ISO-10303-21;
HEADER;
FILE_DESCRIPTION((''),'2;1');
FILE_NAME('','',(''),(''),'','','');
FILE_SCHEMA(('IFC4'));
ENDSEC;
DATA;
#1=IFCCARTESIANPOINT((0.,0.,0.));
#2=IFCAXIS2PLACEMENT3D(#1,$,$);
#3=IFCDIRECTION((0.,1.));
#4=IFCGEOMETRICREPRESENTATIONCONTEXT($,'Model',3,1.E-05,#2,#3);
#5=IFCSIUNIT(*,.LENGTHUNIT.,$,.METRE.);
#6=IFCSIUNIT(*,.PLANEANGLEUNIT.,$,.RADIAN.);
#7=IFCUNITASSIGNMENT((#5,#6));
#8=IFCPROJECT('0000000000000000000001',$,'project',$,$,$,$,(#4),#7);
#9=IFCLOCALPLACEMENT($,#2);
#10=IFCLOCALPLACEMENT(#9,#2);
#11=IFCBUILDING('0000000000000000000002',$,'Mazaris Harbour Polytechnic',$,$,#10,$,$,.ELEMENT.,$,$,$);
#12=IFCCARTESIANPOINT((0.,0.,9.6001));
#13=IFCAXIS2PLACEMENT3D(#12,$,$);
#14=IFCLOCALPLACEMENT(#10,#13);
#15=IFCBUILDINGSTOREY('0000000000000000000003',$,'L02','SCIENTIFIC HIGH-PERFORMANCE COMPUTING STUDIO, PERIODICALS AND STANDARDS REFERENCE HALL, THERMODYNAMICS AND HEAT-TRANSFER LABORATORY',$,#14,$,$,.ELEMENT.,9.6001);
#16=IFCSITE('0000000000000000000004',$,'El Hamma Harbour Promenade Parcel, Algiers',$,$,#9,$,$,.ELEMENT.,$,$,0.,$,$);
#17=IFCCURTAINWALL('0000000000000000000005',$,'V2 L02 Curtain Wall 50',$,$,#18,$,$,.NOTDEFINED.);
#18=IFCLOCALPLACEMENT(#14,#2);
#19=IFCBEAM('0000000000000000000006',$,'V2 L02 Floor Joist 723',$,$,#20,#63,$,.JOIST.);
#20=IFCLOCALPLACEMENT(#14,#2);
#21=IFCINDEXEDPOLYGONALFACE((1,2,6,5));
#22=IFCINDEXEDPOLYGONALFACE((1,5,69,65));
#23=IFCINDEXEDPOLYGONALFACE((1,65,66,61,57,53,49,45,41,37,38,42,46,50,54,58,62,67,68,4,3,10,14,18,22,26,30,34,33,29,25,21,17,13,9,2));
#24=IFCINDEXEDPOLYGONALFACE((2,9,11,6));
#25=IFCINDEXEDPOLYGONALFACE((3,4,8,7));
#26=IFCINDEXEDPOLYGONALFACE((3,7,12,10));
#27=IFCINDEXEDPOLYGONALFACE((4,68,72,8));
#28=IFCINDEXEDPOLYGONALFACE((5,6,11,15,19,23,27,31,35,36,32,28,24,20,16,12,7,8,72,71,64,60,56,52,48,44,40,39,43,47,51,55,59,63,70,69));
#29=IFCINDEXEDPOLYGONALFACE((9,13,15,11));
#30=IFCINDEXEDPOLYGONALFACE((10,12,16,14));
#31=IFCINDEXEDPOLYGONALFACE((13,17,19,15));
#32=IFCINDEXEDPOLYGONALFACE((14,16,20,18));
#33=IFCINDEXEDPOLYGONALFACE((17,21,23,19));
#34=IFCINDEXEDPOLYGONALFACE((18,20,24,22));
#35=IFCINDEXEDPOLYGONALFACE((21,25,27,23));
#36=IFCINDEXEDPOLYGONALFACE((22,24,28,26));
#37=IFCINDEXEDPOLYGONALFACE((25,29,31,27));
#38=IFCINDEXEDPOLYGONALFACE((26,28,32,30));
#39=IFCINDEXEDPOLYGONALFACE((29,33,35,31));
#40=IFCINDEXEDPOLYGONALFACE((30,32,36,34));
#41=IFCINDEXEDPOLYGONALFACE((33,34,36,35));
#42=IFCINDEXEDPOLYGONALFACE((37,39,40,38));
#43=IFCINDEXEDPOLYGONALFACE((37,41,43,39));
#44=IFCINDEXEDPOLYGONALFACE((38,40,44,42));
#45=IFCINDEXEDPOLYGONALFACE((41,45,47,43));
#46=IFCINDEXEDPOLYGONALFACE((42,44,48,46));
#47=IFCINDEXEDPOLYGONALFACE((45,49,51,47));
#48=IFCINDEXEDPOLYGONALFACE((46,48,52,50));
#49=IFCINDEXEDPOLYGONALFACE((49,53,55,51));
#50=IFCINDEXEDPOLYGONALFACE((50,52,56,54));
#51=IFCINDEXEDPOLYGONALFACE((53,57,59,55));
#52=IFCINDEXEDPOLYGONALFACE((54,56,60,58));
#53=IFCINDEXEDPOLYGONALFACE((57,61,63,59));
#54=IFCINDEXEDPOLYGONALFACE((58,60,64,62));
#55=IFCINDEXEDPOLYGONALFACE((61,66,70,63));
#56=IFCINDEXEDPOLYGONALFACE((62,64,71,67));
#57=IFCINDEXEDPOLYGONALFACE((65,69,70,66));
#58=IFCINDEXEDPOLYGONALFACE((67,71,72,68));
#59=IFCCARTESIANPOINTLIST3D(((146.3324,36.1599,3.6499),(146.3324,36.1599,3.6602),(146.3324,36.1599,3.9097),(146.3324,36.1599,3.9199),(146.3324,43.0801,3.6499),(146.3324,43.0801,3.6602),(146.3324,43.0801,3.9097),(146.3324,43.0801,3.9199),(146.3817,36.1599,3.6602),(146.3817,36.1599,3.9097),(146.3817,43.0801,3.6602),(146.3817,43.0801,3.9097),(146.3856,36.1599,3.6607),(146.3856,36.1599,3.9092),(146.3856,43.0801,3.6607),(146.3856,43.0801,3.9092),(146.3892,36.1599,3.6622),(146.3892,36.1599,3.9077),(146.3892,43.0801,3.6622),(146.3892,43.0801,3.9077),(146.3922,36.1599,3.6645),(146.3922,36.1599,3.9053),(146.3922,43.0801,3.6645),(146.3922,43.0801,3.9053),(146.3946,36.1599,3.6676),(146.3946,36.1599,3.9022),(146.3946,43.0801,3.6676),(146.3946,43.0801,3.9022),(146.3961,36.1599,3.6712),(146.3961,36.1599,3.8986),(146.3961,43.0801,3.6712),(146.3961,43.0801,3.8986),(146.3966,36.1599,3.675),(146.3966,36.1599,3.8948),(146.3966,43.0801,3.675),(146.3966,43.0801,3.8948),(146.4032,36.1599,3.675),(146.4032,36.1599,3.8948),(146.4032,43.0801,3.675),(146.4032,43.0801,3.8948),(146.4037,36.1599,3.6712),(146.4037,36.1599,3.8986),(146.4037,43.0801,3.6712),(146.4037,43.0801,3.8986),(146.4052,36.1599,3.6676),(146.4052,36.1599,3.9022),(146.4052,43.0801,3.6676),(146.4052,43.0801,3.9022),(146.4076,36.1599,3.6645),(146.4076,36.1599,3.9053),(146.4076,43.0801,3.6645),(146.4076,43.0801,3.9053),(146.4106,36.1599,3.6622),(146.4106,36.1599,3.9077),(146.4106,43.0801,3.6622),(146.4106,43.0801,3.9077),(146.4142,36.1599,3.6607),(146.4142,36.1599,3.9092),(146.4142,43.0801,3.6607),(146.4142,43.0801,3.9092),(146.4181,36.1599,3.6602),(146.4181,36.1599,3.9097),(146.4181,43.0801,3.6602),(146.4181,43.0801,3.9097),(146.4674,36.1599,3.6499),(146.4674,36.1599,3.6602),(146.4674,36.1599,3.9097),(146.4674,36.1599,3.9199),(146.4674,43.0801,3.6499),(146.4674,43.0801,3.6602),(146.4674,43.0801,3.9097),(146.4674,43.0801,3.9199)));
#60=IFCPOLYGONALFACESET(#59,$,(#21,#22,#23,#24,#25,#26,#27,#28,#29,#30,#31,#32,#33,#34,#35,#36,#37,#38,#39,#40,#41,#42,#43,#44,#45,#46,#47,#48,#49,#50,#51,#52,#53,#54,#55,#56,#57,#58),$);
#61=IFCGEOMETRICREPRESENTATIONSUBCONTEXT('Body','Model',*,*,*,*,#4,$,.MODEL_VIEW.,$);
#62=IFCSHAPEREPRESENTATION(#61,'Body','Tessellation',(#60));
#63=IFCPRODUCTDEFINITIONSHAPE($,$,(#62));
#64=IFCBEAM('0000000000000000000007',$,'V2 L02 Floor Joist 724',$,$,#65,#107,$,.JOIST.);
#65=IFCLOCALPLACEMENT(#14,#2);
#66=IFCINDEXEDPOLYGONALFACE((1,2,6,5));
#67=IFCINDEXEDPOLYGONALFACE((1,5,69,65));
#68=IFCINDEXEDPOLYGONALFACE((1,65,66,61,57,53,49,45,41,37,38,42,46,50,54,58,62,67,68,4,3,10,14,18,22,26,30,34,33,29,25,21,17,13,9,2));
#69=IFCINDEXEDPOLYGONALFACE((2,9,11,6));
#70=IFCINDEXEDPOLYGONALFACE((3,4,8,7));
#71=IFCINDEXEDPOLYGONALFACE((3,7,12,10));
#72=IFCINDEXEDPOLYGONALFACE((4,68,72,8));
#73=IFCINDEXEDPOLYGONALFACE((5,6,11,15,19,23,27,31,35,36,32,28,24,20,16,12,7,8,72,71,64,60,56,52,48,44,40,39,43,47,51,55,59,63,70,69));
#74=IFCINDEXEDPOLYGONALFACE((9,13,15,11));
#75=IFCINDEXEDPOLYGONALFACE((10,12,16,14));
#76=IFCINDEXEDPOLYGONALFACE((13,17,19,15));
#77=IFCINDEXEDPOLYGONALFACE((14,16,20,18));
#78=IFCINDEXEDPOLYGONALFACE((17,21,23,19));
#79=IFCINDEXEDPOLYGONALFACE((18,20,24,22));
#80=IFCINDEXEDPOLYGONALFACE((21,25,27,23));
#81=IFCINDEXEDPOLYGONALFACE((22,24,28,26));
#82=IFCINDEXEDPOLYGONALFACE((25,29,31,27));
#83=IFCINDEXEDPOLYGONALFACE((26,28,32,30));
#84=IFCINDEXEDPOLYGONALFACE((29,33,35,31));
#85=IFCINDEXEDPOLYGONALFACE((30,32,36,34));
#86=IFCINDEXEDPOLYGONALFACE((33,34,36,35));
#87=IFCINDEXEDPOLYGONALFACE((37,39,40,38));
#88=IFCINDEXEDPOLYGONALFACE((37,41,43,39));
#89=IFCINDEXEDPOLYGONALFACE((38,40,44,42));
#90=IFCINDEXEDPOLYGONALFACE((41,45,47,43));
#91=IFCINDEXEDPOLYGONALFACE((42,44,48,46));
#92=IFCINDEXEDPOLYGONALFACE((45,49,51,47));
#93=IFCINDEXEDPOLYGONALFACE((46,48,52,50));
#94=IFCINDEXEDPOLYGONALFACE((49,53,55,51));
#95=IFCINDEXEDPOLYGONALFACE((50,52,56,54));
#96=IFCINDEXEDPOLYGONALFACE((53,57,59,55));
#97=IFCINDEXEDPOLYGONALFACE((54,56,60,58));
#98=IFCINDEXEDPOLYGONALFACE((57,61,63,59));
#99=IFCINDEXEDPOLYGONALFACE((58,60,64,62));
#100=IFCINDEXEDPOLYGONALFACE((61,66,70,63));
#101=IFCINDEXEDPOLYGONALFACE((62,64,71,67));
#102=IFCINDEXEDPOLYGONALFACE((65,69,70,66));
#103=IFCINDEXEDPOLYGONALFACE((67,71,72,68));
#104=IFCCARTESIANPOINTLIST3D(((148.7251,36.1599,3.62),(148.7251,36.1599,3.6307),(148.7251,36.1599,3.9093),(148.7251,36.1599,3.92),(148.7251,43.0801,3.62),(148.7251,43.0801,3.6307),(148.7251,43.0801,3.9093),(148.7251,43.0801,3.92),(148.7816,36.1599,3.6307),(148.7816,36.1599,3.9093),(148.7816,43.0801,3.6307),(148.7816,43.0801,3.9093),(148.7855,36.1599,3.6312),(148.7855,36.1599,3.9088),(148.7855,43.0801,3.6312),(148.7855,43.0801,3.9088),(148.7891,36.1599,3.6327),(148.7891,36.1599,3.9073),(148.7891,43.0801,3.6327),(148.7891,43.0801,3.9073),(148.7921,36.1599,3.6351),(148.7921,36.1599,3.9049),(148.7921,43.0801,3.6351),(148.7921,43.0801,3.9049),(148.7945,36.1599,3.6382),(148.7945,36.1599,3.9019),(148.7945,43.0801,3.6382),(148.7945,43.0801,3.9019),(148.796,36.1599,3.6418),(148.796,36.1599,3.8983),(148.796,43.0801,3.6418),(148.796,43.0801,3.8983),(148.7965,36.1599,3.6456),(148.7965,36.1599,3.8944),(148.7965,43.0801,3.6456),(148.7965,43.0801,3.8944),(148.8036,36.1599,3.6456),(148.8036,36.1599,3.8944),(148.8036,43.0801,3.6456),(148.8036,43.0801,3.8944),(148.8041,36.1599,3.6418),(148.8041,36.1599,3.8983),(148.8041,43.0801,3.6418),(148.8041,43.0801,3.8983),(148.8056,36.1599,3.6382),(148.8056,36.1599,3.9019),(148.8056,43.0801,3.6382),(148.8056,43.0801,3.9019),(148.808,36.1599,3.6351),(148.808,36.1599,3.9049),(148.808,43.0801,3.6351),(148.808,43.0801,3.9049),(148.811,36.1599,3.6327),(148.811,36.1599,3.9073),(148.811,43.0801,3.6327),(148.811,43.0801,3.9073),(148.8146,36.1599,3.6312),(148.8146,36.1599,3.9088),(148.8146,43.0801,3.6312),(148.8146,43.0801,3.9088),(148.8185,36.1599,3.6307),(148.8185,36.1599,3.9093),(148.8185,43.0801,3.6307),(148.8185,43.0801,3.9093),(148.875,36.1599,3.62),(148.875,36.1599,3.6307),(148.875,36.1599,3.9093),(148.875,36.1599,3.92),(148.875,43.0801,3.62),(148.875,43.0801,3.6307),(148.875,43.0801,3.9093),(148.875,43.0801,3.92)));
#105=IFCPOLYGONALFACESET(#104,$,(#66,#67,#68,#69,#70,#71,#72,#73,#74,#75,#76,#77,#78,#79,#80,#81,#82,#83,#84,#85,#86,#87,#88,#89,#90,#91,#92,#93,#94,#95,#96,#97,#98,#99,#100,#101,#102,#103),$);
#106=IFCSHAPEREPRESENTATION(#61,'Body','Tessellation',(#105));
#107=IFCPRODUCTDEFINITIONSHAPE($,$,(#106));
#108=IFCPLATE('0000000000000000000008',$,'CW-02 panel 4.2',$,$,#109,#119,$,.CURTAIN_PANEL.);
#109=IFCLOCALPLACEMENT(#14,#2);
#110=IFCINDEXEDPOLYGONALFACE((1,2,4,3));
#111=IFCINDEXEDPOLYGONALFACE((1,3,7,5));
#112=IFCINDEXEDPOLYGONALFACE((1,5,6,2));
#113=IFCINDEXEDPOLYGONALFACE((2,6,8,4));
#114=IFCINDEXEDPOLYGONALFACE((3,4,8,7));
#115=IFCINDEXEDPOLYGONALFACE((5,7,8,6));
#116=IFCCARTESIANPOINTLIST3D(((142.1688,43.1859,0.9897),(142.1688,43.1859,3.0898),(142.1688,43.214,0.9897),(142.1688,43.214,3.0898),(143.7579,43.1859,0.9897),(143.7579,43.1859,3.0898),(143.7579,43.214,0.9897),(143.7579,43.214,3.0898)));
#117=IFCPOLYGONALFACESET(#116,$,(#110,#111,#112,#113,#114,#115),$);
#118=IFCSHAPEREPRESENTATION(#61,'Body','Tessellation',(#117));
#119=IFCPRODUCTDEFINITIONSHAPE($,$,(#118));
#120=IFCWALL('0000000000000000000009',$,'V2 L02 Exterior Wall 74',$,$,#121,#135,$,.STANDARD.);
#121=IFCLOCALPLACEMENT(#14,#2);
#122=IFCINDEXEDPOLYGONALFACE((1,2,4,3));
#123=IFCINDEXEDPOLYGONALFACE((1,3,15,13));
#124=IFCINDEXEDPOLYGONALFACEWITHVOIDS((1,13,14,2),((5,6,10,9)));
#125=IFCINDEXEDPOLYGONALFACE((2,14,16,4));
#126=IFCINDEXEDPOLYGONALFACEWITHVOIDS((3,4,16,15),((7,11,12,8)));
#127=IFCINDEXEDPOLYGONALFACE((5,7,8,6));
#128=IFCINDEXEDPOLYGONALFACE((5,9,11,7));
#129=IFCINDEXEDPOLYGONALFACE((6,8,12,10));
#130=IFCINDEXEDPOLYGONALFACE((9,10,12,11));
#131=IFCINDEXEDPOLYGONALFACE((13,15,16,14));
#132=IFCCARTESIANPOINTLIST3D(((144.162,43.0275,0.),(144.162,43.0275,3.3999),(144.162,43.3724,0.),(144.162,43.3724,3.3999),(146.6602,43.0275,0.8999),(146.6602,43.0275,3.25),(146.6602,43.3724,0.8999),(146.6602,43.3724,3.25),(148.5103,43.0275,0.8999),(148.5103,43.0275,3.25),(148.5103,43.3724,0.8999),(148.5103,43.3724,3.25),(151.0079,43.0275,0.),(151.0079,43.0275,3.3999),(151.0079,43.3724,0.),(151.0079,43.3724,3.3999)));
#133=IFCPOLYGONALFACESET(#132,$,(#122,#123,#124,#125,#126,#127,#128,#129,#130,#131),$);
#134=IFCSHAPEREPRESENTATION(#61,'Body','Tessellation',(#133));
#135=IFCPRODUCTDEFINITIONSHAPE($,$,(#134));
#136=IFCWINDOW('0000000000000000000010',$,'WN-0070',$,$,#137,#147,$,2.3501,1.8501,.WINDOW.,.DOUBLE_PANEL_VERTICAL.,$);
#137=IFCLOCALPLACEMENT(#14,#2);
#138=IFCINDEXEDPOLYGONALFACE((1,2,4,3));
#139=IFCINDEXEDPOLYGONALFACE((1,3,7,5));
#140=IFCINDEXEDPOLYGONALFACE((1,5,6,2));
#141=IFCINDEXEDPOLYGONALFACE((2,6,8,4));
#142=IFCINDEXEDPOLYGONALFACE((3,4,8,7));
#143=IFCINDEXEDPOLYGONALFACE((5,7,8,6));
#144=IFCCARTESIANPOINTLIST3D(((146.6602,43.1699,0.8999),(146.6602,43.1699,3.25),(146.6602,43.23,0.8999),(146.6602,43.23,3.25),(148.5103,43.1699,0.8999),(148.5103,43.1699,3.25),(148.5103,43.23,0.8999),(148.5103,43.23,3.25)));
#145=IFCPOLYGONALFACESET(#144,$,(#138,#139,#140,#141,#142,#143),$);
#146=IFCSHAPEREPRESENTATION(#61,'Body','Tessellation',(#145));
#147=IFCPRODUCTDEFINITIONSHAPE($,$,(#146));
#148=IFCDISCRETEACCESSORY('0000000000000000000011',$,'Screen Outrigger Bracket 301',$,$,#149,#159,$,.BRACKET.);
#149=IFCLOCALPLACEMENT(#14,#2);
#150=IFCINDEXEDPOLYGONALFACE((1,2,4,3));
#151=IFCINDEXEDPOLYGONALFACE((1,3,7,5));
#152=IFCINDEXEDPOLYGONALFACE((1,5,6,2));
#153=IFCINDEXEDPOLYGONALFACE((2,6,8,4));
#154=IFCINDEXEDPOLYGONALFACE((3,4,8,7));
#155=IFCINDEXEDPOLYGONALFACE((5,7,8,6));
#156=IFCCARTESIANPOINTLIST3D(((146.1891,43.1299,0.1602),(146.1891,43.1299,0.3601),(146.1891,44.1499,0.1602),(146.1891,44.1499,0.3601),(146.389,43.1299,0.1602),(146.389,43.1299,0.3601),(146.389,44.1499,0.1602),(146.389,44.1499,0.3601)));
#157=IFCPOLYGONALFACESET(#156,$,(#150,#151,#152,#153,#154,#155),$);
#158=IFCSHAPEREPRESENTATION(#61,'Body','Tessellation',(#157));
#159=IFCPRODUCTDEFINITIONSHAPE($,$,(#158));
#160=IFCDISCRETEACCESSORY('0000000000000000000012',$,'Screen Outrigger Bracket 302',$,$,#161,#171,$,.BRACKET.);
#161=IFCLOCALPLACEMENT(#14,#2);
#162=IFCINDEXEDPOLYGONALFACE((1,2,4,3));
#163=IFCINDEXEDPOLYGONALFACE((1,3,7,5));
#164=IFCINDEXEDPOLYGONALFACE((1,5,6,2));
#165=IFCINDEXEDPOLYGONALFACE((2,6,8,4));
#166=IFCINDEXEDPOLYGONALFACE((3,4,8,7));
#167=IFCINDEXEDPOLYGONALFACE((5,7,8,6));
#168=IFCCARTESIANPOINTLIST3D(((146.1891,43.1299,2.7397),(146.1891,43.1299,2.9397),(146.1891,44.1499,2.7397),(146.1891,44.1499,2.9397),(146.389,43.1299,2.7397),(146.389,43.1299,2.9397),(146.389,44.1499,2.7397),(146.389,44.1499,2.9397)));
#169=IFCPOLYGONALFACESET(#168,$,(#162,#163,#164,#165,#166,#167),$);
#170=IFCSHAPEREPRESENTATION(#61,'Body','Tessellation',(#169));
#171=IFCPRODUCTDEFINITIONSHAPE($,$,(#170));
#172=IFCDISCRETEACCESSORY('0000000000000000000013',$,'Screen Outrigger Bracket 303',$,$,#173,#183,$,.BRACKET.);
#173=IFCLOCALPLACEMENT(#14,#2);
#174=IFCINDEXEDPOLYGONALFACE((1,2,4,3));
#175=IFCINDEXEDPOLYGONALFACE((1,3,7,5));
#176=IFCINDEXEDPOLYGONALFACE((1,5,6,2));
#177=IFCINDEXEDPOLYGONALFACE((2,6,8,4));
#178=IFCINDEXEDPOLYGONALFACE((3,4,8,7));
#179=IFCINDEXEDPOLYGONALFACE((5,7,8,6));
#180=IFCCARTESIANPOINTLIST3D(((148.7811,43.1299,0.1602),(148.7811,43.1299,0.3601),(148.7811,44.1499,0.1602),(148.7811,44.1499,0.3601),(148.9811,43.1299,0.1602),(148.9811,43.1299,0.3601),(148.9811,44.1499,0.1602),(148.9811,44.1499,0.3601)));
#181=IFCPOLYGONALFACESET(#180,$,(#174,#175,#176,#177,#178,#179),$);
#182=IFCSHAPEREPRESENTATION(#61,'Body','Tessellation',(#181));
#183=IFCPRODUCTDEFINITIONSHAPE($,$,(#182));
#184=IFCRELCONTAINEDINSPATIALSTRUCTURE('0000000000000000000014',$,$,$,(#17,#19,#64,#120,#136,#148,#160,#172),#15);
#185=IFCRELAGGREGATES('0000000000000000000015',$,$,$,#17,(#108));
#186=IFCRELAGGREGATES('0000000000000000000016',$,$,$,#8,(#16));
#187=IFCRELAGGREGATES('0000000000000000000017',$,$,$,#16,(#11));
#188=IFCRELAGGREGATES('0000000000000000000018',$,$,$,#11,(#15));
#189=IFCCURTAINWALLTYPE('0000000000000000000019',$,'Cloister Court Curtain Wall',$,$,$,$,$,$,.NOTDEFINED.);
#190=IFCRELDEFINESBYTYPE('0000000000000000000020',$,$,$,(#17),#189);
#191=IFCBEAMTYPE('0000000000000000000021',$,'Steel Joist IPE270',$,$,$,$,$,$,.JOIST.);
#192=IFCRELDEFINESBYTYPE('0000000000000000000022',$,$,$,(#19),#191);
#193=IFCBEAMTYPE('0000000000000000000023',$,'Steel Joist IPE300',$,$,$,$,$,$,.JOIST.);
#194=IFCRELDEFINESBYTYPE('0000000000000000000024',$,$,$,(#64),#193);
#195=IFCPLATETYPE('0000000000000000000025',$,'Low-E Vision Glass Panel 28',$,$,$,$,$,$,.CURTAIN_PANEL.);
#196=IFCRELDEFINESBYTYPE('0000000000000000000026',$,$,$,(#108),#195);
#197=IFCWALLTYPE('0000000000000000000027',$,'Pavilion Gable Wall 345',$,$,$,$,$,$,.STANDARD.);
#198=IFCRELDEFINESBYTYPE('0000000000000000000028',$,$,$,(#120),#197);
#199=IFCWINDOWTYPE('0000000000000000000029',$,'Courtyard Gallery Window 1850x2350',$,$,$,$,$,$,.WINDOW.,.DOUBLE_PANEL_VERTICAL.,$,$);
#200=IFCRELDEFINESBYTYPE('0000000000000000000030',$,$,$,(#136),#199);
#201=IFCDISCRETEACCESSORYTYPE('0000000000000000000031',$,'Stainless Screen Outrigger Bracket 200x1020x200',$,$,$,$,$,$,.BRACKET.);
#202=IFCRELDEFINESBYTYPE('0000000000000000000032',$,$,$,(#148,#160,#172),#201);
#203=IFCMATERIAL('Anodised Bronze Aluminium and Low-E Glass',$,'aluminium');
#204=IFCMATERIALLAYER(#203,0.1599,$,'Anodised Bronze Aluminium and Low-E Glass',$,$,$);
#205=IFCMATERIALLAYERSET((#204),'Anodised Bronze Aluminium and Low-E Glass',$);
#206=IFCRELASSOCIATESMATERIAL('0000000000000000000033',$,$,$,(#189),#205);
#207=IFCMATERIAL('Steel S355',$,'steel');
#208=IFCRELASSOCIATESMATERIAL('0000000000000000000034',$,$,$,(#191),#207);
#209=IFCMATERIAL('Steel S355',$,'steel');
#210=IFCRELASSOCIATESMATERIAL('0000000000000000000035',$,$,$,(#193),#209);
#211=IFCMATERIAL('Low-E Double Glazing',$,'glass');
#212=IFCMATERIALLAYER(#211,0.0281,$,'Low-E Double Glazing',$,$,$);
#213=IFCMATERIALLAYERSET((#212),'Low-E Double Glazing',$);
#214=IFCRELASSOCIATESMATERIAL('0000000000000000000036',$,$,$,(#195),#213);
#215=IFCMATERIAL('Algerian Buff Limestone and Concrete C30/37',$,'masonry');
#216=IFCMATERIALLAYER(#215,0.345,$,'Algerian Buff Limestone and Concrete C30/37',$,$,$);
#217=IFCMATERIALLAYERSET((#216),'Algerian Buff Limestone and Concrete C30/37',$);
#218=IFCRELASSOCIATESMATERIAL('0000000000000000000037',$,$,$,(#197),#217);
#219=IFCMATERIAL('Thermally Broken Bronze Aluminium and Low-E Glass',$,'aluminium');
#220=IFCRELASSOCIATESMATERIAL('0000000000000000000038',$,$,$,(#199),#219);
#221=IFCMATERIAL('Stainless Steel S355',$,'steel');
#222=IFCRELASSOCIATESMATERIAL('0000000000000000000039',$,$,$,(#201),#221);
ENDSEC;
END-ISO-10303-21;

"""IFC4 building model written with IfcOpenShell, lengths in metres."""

from ifc_helpers import new_model, si_unit, direction, frame, frame_2d, origin, origin_2d, place, context, subcontext, project, spatial, rectangle, i_section, extrude, material, layer, layer_set, material_profile, profile_set, type_object, element, fill, aggregate, save


model = new_model("IFC4")

# Units and contexts
model_context = context("Model", 3, precision=1e-05, world=origin(), true_north=direction((0.0, 1.0)))
body_context = subcontext(model_context, "Body", "Model", "MODEL_VIEW")
ifc_project = project(units=[si_unit("LENGTHUNIT", "METRE"), si_unit("PLANEANGLEUNIT", "RADIAN")], contexts=[model_context])

# Site, building, storey
site_placement = place(None, origin())
site = spatial("IfcSite", under=ifc_project, at=site_placement, Name="El Hamma Harbour Promenade Parcel, Algiers", CompositionType="ELEMENT", RefElevation=0.0)
building_placement = place(site_placement, origin())
building = spatial("IfcBuilding", under=site, at=building_placement, Name="Mazaris Harbour Polytechnic", CompositionType="ELEMENT")
storey_placement = place(building_placement, frame((0.0, 0.0, 9.6001)))
storey = spatial("IfcBuildingStorey", under=building, at=storey_placement, Name="L02", Description="SCIENTIFIC HIGH-PERFORMANCE COMPUTING STUDIO, PERIODICALS AND STANDARDS REFERENCE HALL, THERMODYNAMICS AND HEAT-TRANSFER LABORATORY", CompositionType="ELEMENT", Elevation=9.6001)

# Curtain wall
ifc_material_1 = material(Name="Anodised Bronze Aluminium and Low-E Glass", Category="aluminium")
ifc_layer_1 = layer(ifc_material_1, 0.1599, Name="Anodised Bronze Aluminium and Low-E Glass")
ifc_layer_set_1 = layer_set([ifc_layer_1], Name="Anodised Bronze Aluminium and Low-E Glass")
curtain_wall_type = type_object("IfcCurtainWallType", Name="Cloister Court Curtain Wall", PredefinedType="NOTDEFINED", material=ifc_layer_set_1)
curtain_wall_1_placement = place(storey_placement, origin())
curtain_wall_1 = element("IfcCurtainWall", 1, at=curtain_wall_1_placement, inside=storey, type_object=curtain_wall_type, Name="V2 L02 Curtain Wall 50", PredefinedType="NOTDEFINED")

# Beams
ifc_material_2 = material(Name="Steel S355", Category="steel")
ifc_material_profile_1 = material_profile(ifc_material_2, i_section(OverallWidth=0.135, OverallDepth=0.27, WebThickness=0.0066, FlangeThickness=0.0103, FilletRadius=0.0149, at=origin_2d()), Name="IPE 270")
ifc_profile_set_1 = profile_set([ifc_material_profile_1], Name="Steel S355")
beam_type_1 = type_object("IfcBeamType", Name="Steel Joist IPE270", PredefinedType="JOIST", material=ifc_profile_set_1)
beam_1_placement = place(storey_placement, frame((146.3999, 36.1599, 3.7849), z_axis=(0.0, 1.0, 0.0), x_axis=(-1.0, 0.0, 0.0)))
element("IfcBeam", 2, at=beam_1_placement, inside=storey, type_object=beam_type_1, Name="V2 L02 Floor Joist 723", PredefinedType="JOIST", context=body_context, shape_type="SweptSolid", body=[
    extrude(i_section(OverallWidth=0.135, OverallDepth=0.27, WebThickness=0.0066, FlangeThickness=0.0103, FilletRadius=0.0149, at=origin_2d()), origin(), (0.0, 0.0, 1.0), 6.9202),
])
ifc_material_3 = material(Name="Steel S355", Category="steel")
ifc_material_profile_2 = material_profile(ifc_material_3, i_section(OverallWidth=0.1499, OverallDepth=0.3, WebThickness=0.0071, FlangeThickness=0.0107, FilletRadius=0.0149, at=origin_2d()), Name="IPE 300")
ifc_profile_set_2 = profile_set([ifc_material_profile_2], Name="Steel S355")
beam_type_2 = type_object("IfcBeamType", Name="Steel Joist IPE300", PredefinedType="JOIST", material=ifc_profile_set_2)
beam_2_placement = place(storey_placement, frame((148.8, 36.1599, 3.77), z_axis=(0.0, 1.0, 0.0), x_axis=(-1.0, 0.0, 0.0)))
element("IfcBeam", 3, at=beam_2_placement, inside=storey, type_object=beam_type_2, Name="V2 L02 Floor Joist 724", PredefinedType="JOIST", context=body_context, shape_type="SweptSolid", body=[
    extrude(i_section(OverallWidth=0.1499, OverallDepth=0.3, WebThickness=0.0071, FlangeThickness=0.0107, FilletRadius=0.0149, at=origin_2d()), origin(), (0.0, 0.0, 1.0), 6.9202),
])

# Plate
ifc_material_4 = material(Name="Low-E Double Glazing", Category="glass")
ifc_layer_2 = layer(ifc_material_4, 0.0281, Name="Low-E Double Glazing")
ifc_layer_set_2 = layer_set([ifc_layer_2], Name="Low-E Double Glazing")
plate_type = type_object("IfcPlateType", Name="Low-E Vision Glass Panel 28", PredefinedType="CURTAIN_PANEL", material=ifc_layer_set_2)
plate_placement = place(storey_placement, frame((142.9634, 43.2, 0.9897), z_axis=(0.0, 0.0, 1.0), x_axis=(1.0, 0.0, 0.0)))
plate = element("IfcPlate", 4, at=plate_placement, type_object=plate_type, Name="CW-02 panel 4.2", PredefinedType="CURTAIN_PANEL", context=body_context, shape_type="SweptSolid", body=[
    extrude(rectangle(XDim=1.5891, YDim=0.0281, at=origin_2d()), origin(), (0.0, 0.0, 1.0), 2.1001),
])
aggregate(curtain_wall_1, [plate])

# Wall, opening, window
ifc_material_5 = material(Name="Algerian Buff Limestone and Concrete C30/37", Category="masonry")
ifc_layer_3 = layer(ifc_material_5, 0.345, Name="Algerian Buff Limestone and Concrete C30/37")
ifc_layer_set_3 = layer_set([ifc_layer_3], Name="Algerian Buff Limestone and Concrete C30/37")
wall_type = type_object("IfcWallType", Name="Pavilion Gable Wall 345", PredefinedType="STANDARD", material=ifc_layer_set_3)
wall_placement = place(storey_placement, frame((144.1621, 43.2, 0.0), z_axis=(0.0, 0.0, 1.0), x_axis=(1.0, 0.0, 0.0)))
wall = element("IfcWall", 5, at=wall_placement, inside=storey, type_object=wall_type, Name="V2 L02 Exterior Wall 74", PredefinedType="STANDARD", context=body_context, shape_type="SweptSolid", body=[
    extrude(rectangle(XDim=6.8459, YDim=0.345, at=frame_2d((3.4229, 0.0))), origin(), (0.0, 0.0, 1.0), 3.3999),
])
opening_placement = place(wall_placement, frame((2.498, 0.0, 0.8999)))
opening = element("IfcOpeningElement", 6, at=opening_placement, cuts=wall, PredefinedType="OPENING", context=body_context, shape_type="SweptSolid", body=[
    extrude(rectangle(XDim=1.8501, YDim=2.3501, at=frame_2d((0.925, 1.175))), frame((0.0, 0.1824, 0.0), z_axis=(0.0, -1.0, 0.0), x_axis=(1.0, 0.0, 0.0)), (0.0, 0.0, 1.0), 0.365),
])
ifc_material_6 = material(Name="Thermally Broken Bronze Aluminium and Low-E Glass", Category="aluminium")
window_type = type_object("IfcWindowType", Name="Courtyard Gallery Window 1850x2350", PartitioningType="DOUBLE_PANEL_VERTICAL", PredefinedType="WINDOW", material=ifc_material_6)
window_placement = place(opening_placement, origin())
window = element("IfcWindow", 7, at=window_placement, inside=storey, type_object=window_type, Name="WN-0070", OverallHeight=2.3501, OverallWidth=1.8501, PartitioningType="DOUBLE_PANEL_VERTICAL", PredefinedType="WINDOW", context=body_context, shape_type="SweptSolid", body=[
    extrude(rectangle(XDim=1.8501, YDim=2.3501, at=frame_2d((0.925, 1.175))), frame((0.0, 0.03, 0.0), z_axis=(0.0, -1.0, 0.0), x_axis=(1.0, 0.0, 0.0)), (0.0, 0.0, 1.0), 0.0601),
])
fill(opening, window)

# Discrete accessories
ifc_material_7 = material(Name="Stainless Steel S355", Category="steel")
discrete_accessory_type = type_object("IfcDiscreteAccessoryType", Name="Stainless Screen Outrigger Bracket 200x1020x200", PredefinedType="BRACKET", material=ifc_material_7)
for number, where, z_axis, x_axis, name in (
    (8, (146.2891, 43.6399, 0.1602), (0.0, 0.0, 1.0), (1.0, 0.0, 0.0), "Screen Outrigger Bracket 301"),
    (9, (146.2891, 43.6399, 2.7397), (0.0, 0.0, 1.0), (1.0, 0.0, 0.0), "Screen Outrigger Bracket 302"),
    (10, (148.8811, 43.6399, 0.1602), (0.0, 0.0, 1.0), (1.0, 0.0, 0.0), "Screen Outrigger Bracket 303"),
):
    element("IfcDiscreteAccessory", number, at=place(storey_placement, frame(where, z_axis=z_axis, x_axis=x_axis)), inside=storey, type_object=discrete_accessory_type, Name=name, PredefinedType="BRACKET", context=body_context, shape_type="SweptSolid", body=[
        extrude(rectangle(XDim=0.2, YDim=1.02, at=origin_2d()), origin(), (0.0, 0.0, 1.0), 0.2),
    ])

save(model, "model.ifc")
